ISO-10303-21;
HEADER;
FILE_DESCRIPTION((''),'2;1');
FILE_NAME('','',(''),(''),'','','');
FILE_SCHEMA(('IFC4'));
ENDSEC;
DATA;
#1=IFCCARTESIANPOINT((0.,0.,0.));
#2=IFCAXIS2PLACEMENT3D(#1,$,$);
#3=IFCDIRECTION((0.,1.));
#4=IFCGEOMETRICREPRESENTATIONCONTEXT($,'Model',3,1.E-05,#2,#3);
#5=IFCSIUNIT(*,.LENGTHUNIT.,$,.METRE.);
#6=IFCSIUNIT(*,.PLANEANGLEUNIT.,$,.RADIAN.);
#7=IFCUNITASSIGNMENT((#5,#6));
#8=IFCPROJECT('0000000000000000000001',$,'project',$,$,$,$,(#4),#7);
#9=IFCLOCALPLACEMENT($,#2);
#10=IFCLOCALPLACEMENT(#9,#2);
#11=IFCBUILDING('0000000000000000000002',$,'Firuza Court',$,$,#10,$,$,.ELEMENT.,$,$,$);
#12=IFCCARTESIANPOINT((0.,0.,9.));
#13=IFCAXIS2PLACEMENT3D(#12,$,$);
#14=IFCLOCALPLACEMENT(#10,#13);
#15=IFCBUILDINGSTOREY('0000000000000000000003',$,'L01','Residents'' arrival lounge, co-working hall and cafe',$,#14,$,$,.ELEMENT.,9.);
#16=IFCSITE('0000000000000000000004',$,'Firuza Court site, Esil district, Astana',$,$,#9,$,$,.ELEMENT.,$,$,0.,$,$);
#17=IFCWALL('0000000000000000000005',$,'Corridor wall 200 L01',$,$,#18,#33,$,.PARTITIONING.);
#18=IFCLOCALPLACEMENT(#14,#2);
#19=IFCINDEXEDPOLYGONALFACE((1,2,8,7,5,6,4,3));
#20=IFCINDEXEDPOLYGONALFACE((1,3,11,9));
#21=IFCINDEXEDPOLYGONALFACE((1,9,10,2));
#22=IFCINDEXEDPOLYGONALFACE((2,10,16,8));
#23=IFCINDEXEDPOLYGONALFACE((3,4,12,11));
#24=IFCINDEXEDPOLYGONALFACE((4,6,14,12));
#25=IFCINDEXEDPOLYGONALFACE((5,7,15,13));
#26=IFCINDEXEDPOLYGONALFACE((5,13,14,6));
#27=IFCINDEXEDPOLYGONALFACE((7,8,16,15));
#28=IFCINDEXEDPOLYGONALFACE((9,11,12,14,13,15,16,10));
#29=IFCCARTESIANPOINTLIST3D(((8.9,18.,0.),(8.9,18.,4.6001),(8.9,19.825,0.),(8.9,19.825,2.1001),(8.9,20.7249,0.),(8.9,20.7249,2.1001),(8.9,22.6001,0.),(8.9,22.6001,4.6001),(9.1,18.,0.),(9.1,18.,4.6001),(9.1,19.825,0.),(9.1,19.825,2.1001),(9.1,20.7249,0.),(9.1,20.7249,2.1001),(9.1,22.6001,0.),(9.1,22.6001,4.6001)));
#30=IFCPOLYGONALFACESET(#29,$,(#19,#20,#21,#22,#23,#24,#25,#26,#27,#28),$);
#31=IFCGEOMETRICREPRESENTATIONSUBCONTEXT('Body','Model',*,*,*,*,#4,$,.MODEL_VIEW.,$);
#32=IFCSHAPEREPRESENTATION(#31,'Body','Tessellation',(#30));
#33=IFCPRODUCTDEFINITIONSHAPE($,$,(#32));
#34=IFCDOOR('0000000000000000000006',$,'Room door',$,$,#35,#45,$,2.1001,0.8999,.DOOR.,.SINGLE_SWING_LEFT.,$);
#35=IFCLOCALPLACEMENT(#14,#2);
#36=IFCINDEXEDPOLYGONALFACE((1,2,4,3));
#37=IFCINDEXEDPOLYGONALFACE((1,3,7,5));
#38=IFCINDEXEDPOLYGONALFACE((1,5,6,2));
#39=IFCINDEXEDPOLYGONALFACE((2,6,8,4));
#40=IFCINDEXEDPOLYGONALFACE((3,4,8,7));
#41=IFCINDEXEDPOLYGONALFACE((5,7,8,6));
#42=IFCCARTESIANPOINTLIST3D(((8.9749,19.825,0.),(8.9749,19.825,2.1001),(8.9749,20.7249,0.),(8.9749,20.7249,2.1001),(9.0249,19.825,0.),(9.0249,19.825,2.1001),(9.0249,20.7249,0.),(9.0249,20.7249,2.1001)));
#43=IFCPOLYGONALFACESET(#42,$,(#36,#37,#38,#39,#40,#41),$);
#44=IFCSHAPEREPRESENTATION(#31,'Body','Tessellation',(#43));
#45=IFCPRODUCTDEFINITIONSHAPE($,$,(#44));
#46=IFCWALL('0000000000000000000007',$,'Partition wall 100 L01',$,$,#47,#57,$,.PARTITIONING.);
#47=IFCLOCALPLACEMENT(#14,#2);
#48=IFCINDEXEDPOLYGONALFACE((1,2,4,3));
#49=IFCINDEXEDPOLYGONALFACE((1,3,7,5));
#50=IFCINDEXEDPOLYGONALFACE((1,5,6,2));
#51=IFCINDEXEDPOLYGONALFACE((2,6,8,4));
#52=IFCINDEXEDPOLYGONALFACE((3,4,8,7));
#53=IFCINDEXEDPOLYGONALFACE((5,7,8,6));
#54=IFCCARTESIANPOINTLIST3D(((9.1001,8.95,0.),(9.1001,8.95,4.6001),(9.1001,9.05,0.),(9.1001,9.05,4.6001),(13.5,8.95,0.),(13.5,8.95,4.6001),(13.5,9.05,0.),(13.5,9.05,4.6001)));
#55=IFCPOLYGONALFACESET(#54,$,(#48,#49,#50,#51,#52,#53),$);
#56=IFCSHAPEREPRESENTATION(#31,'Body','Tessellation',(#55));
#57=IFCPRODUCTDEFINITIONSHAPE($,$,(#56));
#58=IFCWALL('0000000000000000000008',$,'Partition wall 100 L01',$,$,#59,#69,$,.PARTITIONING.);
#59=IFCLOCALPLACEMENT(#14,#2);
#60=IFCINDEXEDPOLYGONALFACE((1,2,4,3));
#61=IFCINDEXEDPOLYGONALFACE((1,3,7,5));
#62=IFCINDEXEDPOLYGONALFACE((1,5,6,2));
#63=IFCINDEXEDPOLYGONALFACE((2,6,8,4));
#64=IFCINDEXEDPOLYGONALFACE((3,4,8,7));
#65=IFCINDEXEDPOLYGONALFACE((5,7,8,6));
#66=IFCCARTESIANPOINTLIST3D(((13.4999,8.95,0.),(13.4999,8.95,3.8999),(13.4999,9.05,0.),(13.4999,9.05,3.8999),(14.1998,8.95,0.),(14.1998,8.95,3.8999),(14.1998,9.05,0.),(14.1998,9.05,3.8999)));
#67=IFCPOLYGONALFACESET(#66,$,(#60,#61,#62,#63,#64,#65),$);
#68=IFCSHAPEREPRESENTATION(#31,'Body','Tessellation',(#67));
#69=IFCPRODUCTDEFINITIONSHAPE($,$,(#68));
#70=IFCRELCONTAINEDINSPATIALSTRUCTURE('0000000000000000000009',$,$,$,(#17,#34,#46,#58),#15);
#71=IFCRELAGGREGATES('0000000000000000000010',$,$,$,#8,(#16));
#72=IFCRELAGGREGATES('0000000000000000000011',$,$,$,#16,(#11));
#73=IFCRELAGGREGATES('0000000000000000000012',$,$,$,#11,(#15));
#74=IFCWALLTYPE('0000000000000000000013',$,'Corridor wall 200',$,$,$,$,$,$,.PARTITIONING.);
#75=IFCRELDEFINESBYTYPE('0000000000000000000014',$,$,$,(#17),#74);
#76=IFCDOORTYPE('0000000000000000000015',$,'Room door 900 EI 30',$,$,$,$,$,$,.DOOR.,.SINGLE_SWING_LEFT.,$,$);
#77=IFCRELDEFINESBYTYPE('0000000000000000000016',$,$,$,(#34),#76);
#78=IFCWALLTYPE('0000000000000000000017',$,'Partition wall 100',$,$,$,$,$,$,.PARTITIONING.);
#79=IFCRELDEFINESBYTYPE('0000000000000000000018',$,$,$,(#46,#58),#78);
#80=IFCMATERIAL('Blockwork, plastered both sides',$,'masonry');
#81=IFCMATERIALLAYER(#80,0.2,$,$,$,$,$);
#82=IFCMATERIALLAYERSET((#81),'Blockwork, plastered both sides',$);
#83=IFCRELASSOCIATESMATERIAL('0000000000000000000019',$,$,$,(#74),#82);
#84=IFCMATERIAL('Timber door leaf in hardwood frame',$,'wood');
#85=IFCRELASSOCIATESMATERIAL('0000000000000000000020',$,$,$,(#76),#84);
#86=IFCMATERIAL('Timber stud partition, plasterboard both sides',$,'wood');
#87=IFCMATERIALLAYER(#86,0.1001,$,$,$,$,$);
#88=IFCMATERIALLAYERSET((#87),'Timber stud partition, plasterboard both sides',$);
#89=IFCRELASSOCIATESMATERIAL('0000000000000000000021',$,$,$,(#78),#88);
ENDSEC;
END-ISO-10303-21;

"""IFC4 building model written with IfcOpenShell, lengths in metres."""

from ifc_helpers import new_model, si_unit, direction, frame, frame_2d, origin, place, context, subcontext, project, spatial, rectangle, extrude, material, layer, layer_set, type_object, element, fill, save


model = new_model("IFC4")

# Units and contexts
model_context = context("Model", 3, precision=1e-05, world=origin(), true_north=direction((0.0, 1.0)))
body_context = subcontext(model_context, "Body", "Model", "MODEL_VIEW")
ifc_project = project(units=[si_unit("LENGTHUNIT", "METRE"), si_unit("PLANEANGLEUNIT", "RADIAN")], contexts=[model_context])

# Site, building, storey
site_placement = place(None, origin())
site = spatial("IfcSite", under=ifc_project, at=site_placement, Name="Firuza Court site, Esil district, Astana", CompositionType="ELEMENT", RefElevation=0.0)
building_placement = place(site_placement, origin())
building = spatial("IfcBuilding", under=site, at=building_placement, Name="Firuza Court", CompositionType="ELEMENT")
storey_placement = place(building_placement, frame((0.0, 0.0, 9.0)))
storey = spatial("IfcBuildingStorey", under=building, at=storey_placement, Name="L01", Description="Residents' arrival lounge, co-working hall and cafe", CompositionType="ELEMENT", Elevation=9.0)

# Wall, opening, door
ifc_material_1 = material(Name="Blockwork, plastered both sides", Category="masonry")
ifc_layer_1 = layer(ifc_material_1, 0.2)
ifc_layer_set_1 = layer_set([ifc_layer_1], Name="Blockwork, plastered both sides")
wall_type_1 = type_object("IfcWallType", Name="Corridor wall 200", PredefinedType="PARTITIONING", material=ifc_layer_set_1)
ifc_material_2 = material(Name="Timber door leaf in hardwood frame", Category="wood")
door_type_1 = type_object("IfcDoorType", Name="Room door 900 EI 30", OperationType="SINGLE_SWING_LEFT", PredefinedType="DOOR", material=ifc_material_2)
wall_1_placement = place(storey_placement, frame((9.0, 18.0, 0.0), z_axis=(0.0, 0.0, 1.0), x_axis=(0.0, 1.0, 0.0)))
wall_1 = element("IfcWall", 1, at=wall_1_placement, inside=storey, type_object=wall_type_1, Name="Corridor wall 200 L01", PredefinedType="PARTITIONING", context=body_context, shape_type="SweptSolid", body=[
    extrude(rectangle(XDim=4.6001, YDim=0.2, at=frame_2d((2.3, 0.0))), origin(), (0.0, 0.0, 1.0), 4.6001),
])
opening_1_placement = place(wall_1_placement, frame((1.825, 0.0, 0.0)))
opening_1 = element("IfcOpeningElement", 2, at=opening_1_placement, cuts=wall_1, PredefinedType="OPENING", context=body_context, shape_type="SweptSolid", body=[
    extrude(rectangle(XDim=0.8999, YDim=2.1001, at=frame_2d((0.45, 1.05))), frame((0.0, 0.1118, 0.0), z_axis=(0.0, -1.0, 0.0), x_axis=(1.0, 0.0, 0.0)), (0.0, 0.0, 1.0), 0.2239),
])
door_1_placement = place(opening_1_placement, frame((0.8999, 0.0, 0.0), z_axis=(0.0, 0.0, 1.0), x_axis=(-1.0, 0.0, 0.0)))
door_1 = element("IfcDoor", 3, at=door_1_placement, inside=storey, type_object=door_type_1, Name="Room door", OperationType="SINGLE_SWING_LEFT", OverallHeight=2.1001, OverallWidth=0.8999, PredefinedType="DOOR", context=body_context, shape_type="SweptSolid", body=[
    extrude(rectangle(XDim=0.8999, YDim=2.1001, at=frame_2d((0.45, 1.05))), frame((0.0, 0.0249, 0.0), z_axis=(0.0, -1.0, 0.0), x_axis=(1.0, 0.0, 0.0)), (0.0, 0.0, 1.0), 0.05),
])
fill(opening_1, door_1)

# Walls
ifc_material_3 = material(Name="Timber stud partition, plasterboard both sides", Category="wood")
ifc_layer_2 = layer(ifc_material_3, 0.1001)
ifc_layer_set_2 = layer_set([ifc_layer_2], Name="Timber stud partition, plasterboard both sides")
wall_type_2 = type_object("IfcWallType", Name="Partition wall 100", PredefinedType="PARTITIONING", material=ifc_layer_set_2)
wall_2_placement = place(storey_placement, frame((13.5, 9.0, 0.0), z_axis=(0.0, 0.0, 1.0), x_axis=(-1.0, 0.0, 0.0)))
element("IfcWall", 4, at=wall_2_placement, inside=storey, type_object=wall_type_2, Name="Partition wall 100 L01", PredefinedType="PARTITIONING", context=body_context, shape_type="SweptSolid", body=[
    extrude(rectangle(XDim=4.3999, YDim=0.1001, at=frame_2d((2.2, 0.0))), origin(), (0.0, 0.0, 1.0), 4.6001),
])
wall_3_placement = place(storey_placement, frame((14.2, 9.0, 0.0), z_axis=(0.0, 0.0, 1.0), x_axis=(-1.0, 0.0, 0.0)))
element("IfcWall", 5, at=wall_3_placement, inside=storey, type_object=wall_type_2, Name="Partition wall 100 L01", PredefinedType="PARTITIONING", context=body_context, shape_type="SweptSolid", body=[
    extrude(rectangle(XDim=0.7, YDim=0.1001, at=frame_2d((0.3501, 0.0))), origin(), (0.0, 0.0, 1.0), 3.8999),
])

save(model, "model.ifc")
